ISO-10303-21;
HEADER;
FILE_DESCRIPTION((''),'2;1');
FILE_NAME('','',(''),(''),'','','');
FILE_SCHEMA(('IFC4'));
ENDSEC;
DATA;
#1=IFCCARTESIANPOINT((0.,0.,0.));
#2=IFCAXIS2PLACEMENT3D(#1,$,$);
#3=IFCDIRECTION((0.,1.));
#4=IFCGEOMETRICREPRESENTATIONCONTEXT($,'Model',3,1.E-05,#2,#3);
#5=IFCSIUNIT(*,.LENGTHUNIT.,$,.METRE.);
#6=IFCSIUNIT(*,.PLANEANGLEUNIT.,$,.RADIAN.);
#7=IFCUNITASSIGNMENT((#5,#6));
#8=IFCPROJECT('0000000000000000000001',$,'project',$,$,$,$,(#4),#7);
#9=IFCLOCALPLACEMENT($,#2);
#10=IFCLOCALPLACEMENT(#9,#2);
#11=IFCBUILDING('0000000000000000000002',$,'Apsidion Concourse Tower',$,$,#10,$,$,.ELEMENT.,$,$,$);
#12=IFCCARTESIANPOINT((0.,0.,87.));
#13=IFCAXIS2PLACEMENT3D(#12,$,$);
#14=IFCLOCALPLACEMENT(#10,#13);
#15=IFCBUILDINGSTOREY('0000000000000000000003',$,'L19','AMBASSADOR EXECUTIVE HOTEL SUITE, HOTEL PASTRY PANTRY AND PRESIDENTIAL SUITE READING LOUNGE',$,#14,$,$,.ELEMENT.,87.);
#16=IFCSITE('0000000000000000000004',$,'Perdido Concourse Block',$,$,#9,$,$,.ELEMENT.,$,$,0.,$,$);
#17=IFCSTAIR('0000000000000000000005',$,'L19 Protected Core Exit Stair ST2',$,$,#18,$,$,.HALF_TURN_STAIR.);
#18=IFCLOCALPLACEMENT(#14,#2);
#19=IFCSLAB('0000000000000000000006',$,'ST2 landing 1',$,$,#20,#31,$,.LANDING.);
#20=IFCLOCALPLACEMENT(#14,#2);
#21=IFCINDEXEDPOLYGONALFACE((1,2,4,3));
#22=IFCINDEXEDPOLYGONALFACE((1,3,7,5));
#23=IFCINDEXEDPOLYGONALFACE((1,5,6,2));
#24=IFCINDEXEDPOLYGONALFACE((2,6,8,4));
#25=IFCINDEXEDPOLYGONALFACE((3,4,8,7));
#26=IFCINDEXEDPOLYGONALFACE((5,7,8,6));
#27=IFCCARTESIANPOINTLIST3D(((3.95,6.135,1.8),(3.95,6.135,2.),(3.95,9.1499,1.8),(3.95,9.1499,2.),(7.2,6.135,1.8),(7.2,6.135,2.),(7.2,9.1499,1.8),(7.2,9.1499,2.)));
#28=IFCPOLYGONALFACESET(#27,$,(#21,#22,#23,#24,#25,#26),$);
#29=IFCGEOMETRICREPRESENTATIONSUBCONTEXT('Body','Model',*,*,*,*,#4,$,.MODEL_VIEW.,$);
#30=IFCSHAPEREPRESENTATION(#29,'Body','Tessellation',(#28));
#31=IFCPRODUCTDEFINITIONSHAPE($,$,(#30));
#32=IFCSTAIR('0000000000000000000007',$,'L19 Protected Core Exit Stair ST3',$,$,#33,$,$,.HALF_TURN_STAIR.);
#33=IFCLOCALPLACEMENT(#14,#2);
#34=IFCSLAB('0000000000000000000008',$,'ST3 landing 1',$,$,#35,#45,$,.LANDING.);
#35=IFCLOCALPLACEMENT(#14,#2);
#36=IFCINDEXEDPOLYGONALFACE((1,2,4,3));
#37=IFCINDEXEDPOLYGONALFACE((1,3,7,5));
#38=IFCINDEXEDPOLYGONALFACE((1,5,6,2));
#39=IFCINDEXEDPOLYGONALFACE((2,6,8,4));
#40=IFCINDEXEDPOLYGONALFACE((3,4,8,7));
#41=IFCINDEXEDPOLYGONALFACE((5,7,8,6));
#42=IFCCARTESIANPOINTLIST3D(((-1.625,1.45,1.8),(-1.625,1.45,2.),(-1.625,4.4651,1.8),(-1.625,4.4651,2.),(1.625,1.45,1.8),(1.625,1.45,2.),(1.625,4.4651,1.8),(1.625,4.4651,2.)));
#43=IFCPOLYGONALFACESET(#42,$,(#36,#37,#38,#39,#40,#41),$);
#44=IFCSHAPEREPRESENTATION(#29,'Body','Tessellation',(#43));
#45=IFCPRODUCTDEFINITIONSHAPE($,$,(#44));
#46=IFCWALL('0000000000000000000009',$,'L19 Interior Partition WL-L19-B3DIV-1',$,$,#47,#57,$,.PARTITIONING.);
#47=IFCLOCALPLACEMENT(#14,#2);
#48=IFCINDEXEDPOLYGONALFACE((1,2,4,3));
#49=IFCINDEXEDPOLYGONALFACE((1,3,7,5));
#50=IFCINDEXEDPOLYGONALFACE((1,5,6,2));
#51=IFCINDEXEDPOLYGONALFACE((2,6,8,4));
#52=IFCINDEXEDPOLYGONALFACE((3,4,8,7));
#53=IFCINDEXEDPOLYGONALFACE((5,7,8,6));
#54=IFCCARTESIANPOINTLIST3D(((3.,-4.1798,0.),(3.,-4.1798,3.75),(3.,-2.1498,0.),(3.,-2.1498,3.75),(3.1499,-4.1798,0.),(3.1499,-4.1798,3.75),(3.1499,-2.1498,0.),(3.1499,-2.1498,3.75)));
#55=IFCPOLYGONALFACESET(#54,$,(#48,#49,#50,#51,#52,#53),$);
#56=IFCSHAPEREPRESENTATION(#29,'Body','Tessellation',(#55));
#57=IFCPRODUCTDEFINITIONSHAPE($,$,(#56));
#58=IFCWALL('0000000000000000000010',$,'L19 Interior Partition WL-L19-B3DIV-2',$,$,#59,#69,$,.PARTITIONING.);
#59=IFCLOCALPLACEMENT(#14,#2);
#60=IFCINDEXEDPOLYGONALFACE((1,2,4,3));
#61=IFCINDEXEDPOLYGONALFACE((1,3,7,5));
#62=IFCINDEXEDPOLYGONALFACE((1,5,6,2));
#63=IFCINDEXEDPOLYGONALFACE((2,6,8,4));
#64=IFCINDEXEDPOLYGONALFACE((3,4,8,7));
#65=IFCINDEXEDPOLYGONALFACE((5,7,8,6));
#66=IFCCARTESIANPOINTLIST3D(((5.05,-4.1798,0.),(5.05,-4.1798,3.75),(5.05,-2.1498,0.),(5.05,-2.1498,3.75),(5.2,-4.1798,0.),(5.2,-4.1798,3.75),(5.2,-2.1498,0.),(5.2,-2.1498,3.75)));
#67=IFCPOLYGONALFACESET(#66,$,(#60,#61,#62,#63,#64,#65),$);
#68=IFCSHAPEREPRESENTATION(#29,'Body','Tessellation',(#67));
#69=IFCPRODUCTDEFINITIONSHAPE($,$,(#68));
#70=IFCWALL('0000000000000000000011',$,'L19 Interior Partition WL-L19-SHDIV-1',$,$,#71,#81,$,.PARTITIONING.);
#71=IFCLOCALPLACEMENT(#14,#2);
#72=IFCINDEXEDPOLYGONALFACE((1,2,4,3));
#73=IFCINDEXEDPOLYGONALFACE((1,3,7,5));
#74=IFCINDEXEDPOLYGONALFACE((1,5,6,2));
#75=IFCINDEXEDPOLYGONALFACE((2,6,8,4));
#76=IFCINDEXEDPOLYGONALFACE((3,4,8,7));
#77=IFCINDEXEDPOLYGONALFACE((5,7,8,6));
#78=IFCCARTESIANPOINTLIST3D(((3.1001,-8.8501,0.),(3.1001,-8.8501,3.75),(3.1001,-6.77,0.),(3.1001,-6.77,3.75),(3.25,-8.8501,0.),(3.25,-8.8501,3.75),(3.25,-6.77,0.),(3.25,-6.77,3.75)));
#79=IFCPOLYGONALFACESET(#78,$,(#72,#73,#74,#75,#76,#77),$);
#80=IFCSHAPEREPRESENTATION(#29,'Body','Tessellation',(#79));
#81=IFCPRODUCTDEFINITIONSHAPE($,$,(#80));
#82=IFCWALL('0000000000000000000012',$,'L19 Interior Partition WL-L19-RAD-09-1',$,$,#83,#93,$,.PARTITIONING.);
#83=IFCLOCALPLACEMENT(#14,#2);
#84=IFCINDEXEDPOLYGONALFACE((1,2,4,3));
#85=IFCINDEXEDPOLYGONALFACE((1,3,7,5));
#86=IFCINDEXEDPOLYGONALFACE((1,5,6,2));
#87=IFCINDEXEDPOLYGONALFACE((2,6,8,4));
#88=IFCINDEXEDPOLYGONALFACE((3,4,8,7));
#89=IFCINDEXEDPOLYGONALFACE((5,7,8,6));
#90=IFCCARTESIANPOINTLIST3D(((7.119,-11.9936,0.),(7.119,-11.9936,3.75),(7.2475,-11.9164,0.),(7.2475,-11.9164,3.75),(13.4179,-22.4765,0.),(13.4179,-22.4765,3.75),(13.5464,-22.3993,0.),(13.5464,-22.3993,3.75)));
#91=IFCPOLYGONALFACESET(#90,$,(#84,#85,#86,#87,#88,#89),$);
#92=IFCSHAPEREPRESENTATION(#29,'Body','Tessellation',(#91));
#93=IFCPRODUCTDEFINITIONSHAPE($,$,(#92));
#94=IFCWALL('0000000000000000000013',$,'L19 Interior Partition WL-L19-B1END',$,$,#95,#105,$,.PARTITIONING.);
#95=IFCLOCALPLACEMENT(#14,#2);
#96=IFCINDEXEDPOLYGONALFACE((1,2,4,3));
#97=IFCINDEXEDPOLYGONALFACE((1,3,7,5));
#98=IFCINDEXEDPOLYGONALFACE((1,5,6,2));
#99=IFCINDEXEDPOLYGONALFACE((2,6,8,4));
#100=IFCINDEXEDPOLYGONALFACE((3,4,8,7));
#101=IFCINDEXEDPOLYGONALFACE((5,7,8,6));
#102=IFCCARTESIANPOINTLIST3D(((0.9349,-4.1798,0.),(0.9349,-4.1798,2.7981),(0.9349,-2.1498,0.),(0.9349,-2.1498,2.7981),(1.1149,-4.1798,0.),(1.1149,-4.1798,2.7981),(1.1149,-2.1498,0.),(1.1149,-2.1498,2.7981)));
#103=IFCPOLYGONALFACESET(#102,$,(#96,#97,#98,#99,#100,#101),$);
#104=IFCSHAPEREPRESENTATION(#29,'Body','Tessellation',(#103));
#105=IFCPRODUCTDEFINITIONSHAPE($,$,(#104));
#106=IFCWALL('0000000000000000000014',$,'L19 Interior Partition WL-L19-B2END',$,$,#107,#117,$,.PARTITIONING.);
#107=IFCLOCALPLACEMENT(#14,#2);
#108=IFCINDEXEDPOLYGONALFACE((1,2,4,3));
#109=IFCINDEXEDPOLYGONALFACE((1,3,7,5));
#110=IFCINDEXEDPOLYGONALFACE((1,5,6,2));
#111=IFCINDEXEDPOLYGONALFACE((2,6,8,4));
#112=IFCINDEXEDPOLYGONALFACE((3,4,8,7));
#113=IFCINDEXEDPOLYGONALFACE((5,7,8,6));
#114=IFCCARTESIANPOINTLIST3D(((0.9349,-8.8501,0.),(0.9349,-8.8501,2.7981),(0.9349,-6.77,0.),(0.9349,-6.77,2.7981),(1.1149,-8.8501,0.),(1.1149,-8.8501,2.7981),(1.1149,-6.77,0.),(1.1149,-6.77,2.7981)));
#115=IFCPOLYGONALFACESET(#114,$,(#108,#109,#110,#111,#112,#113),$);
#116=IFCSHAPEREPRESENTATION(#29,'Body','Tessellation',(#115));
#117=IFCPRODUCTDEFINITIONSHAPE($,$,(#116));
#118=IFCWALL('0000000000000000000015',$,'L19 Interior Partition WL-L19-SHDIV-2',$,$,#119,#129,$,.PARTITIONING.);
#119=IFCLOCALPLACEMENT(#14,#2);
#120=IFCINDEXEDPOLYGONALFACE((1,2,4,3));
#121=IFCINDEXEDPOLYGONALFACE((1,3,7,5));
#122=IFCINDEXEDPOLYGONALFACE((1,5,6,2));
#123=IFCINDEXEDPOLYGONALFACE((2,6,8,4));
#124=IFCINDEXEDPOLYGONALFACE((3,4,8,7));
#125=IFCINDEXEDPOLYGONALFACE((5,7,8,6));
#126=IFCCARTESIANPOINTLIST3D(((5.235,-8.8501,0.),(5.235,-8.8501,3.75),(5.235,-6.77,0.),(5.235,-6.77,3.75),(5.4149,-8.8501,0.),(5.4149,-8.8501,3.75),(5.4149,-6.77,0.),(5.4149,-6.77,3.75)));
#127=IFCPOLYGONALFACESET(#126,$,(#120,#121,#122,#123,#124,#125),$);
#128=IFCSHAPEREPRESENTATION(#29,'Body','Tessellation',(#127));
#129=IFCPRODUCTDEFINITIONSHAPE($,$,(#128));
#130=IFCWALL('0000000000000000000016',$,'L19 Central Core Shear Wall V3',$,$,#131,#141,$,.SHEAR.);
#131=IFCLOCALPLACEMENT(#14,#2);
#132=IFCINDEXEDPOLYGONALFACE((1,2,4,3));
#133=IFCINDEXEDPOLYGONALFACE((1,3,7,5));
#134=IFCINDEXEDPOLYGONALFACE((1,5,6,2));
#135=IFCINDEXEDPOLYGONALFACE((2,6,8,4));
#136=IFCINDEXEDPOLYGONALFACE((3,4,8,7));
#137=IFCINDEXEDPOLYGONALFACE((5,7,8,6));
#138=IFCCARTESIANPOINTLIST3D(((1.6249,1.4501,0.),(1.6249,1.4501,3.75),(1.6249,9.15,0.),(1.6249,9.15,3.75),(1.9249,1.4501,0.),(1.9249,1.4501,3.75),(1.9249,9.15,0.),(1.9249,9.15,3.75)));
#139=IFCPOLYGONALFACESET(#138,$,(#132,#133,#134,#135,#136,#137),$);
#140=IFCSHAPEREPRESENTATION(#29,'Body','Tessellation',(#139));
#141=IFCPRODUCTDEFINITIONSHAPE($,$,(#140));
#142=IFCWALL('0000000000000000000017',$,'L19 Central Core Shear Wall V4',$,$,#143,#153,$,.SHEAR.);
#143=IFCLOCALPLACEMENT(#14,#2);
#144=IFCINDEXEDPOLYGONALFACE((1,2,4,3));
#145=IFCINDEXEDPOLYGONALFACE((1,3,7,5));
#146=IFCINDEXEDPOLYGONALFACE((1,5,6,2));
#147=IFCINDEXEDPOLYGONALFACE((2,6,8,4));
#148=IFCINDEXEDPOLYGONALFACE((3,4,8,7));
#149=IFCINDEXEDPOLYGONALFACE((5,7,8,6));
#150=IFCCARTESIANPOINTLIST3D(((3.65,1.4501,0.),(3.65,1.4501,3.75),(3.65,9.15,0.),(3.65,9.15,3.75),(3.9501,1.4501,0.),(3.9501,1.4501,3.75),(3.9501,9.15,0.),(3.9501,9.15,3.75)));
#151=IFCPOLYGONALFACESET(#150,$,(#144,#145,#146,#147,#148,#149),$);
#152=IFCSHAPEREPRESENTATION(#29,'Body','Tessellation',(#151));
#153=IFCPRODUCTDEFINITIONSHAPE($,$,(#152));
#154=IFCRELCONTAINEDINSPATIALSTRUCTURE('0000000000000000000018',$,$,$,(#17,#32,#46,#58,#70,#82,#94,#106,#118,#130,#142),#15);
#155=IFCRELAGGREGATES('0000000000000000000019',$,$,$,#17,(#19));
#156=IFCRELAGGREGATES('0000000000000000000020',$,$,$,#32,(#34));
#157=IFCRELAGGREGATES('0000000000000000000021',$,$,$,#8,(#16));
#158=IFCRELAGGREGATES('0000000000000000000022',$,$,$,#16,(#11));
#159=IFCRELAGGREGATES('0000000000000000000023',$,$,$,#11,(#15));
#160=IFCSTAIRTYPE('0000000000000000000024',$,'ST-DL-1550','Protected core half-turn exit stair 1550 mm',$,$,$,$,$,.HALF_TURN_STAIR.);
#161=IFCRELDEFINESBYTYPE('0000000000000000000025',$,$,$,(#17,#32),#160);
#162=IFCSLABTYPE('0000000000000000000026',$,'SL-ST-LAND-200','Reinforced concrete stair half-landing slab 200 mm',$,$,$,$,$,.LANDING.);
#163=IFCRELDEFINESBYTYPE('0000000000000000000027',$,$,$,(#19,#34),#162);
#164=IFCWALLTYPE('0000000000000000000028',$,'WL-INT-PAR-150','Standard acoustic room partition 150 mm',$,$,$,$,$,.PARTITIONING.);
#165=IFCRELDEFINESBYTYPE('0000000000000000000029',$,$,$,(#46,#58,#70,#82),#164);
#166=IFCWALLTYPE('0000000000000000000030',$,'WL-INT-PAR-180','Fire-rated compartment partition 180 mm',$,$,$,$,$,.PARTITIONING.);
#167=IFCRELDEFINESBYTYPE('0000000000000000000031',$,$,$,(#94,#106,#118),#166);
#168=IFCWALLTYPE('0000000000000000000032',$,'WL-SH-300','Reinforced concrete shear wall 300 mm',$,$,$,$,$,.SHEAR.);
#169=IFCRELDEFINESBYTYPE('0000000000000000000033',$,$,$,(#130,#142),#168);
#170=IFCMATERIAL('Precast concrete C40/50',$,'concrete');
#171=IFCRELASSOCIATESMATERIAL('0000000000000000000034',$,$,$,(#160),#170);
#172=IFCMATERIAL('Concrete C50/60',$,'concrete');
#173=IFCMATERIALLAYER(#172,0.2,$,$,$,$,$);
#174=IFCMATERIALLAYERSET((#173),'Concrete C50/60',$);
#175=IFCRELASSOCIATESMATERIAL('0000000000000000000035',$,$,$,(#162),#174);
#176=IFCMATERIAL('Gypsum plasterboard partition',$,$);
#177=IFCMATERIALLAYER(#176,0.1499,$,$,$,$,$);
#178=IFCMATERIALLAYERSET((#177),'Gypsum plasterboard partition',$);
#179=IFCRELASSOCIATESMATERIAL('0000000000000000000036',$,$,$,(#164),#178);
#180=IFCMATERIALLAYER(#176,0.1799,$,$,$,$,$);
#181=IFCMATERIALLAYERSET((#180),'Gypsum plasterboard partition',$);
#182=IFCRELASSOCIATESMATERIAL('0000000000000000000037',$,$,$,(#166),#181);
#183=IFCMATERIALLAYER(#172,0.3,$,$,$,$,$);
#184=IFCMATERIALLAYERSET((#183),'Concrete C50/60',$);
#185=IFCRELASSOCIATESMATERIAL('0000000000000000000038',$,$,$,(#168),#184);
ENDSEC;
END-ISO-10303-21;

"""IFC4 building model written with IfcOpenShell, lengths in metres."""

from ifc_helpers import new_model, si_unit, direction, frame, frame_2d, origin, place, context, subcontext, project, spatial, polyline, rectangle, outline, extrude, material, layer, layer_set, type_object, element, aggregate, save


model = new_model("IFC4")

# Units and contexts
model_context = context("Model", 3, precision=1e-05, world=origin(), true_north=direction((0.0, 1.0)))
body_context = subcontext(model_context, "Body", "Model", "MODEL_VIEW")
ifc_project = project(units=[si_unit("LENGTHUNIT", "METRE"), si_unit("PLANEANGLEUNIT", "RADIAN")], contexts=[model_context])

# Site, building, storey
site_placement = place(None, origin())
site = spatial("IfcSite", under=ifc_project, at=site_placement, Name="Perdido Concourse Block", CompositionType="ELEMENT", RefElevation=0.0)
building_placement = place(site_placement, origin())
building = spatial("IfcBuilding", under=site, at=building_placement, Name="Apsidion Concourse Tower", CompositionType="ELEMENT")
storey_placement = place(building_placement, frame((0.0, 0.0, 87.0)))
storey = spatial("IfcBuildingStorey", under=building, at=storey_placement, Name="L19", Description="AMBASSADOR EXECUTIVE HOTEL SUITE, HOTEL PASTRY PANTRY AND PRESIDENTIAL SUITE READING LOUNGE", CompositionType="ELEMENT", Elevation=87.0)

# Shared definitions
ifc_material_1 = material(Name="Concrete C50/60", Category="concrete")

# Stairs, slabs
ifc_material_2 = material(Name="Precast concrete C40/50", Category="concrete")
stair_type = type_object("IfcStairType", Name="ST-DL-1550", Description="Protected core half-turn exit stair 1550 mm", PredefinedType="HALF_TURN_STAIR", material=ifc_material_2)
ifc_layer_1 = layer(ifc_material_1, 0.2)
ifc_layer_set_1 = layer_set([ifc_layer_1], Name="Concrete C50/60")
slab_type_1 = type_object("IfcSlabType", Name="SL-ST-LAND-200", Description="Reinforced concrete stair half-landing slab 200 mm", PredefinedType="LANDING", material=ifc_layer_set_1)
stair_1_placement = place(storey_placement, origin())
stair_1 = element("IfcStair", 1, at=stair_1_placement, inside=storey, type_object=stair_type, Name="L19 Protected Core Exit Stair ST2", PredefinedType="HALF_TURN_STAIR")
slab_1_placement = place(storey_placement, frame((0.0, 0.0, 1.8)))
slab_1 = element("IfcSlab", 2, at=slab_1_placement, type_object=slab_type_1, Name="ST2 landing 1", PredefinedType="LANDING", context=body_context, shape_type="SweptSolid", body=[
    extrude(outline(polyline([(7.2, 6.135), (7.2, 9.1499), (3.95, 9.1499), (3.95, 6.135), (7.2, 6.135)])), origin(), (0.0, 0.0, 1.0), 0.2),
])
aggregate(stair_1, [slab_1])
stair_2_placement = place(storey_placement, origin())
stair_2 = element("IfcStair", 3, at=stair_2_placement, inside=storey, type_object=stair_type, Name="L19 Protected Core Exit Stair ST3", PredefinedType="HALF_TURN_STAIR")
slab_2_placement = place(storey_placement, frame((0.0, 0.0, 1.8)))
slab_2 = element("IfcSlab", 4, at=slab_2_placement, type_object=slab_type_1, Name="ST3 landing 1", PredefinedType="LANDING", context=body_context, shape_type="SweptSolid", body=[
    extrude(outline(polyline([(-1.625, 4.4651), (-1.625, 1.45), (1.625, 1.45), (1.625, 4.4651), (-1.625, 4.4651)])), origin(), (0.0, 0.0, 1.0), 0.2),
])
aggregate(stair_2, [slab_2])

# Walls
ifc_material_3 = material(Name="Gypsum plasterboard partition")
ifc_layer_2 = layer(ifc_material_3, 0.1499)
ifc_layer_set_2 = layer_set([ifc_layer_2], Name="Gypsum plasterboard partition")
wall_type_1 = type_object("IfcWallType", Name="WL-INT-PAR-150", Description="Standard acoustic room partition 150 mm", PredefinedType="PARTITIONING", material=ifc_layer_set_2)
for number, where, z_axis, x_axis, name in (
    (5, (3.075, -4.1799, 0.0), (0.0, 0.0, 1.0), (0.0, 1.0, 0.0), "L19 Interior Partition WL-L19-B3DIV-1"),
    (6, (5.125, -4.1799, 0.0), (0.0, 0.0, 1.0), (0.0, 1.0, 0.0), "L19 Interior Partition WL-L19-B3DIV-2"),
):
    element("IfcWall", number, at=place(storey_placement, frame(where, z_axis=z_axis, x_axis=x_axis)), inside=storey, type_object=wall_type_1, Name=name, PredefinedType="PARTITIONING", context=body_context, shape_type="SweptSolid", body=[
        extrude(rectangle(XDim=2.03, YDim=0.1499, at=frame_2d((1.0151, 0.0))), origin(), (0.0, 0.0, 1.0), 3.75),
    ])
wall_1_placement = place(storey_placement, frame((3.175, -8.8501, 0.0), z_axis=(0.0, 0.0, 1.0), x_axis=(0.0, 1.0, 0.0)))
element("IfcWall", 7, at=wall_1_placement, inside=storey, type_object=wall_type_1, Name="L19 Interior Partition WL-L19-SHDIV-1", PredefinedType="PARTITIONING", context=body_context, shape_type="SweptSolid", body=[
    extrude(rectangle(XDim=2.0801, YDim=0.1499, at=frame_2d((1.04, 0.0))), origin(), (0.0, 0.0, 1.0), 3.75),
])
wall_2_placement = place(storey_placement, frame((7.1833, -11.9551, 0.0), z_axis=(0.0, 0.0, 1.0), x_axis=(0.515042, -0.857165, 0.0)))
element("IfcWall", 8, at=wall_2_placement, inside=storey, type_object=wall_type_1, Name="L19 Interior Partition WL-L19-RAD-09-1", PredefinedType="PARTITIONING", context=body_context, shape_type="SweptSolid", body=[
    extrude(rectangle(XDim=12.2297, YDim=0.1499, at=frame_2d((6.1147, 0.0))), origin(), (0.0, 0.0, 1.0), 3.75),
])
ifc_layer_3 = layer(ifc_material_3, 0.1799)
ifc_layer_set_3 = layer_set([ifc_layer_3], Name="Gypsum plasterboard partition")
wall_type_2 = type_object("IfcWallType", Name="WL-INT-PAR-180", Description="Fire-rated compartment partition 180 mm", PredefinedType="PARTITIONING", material=ifc_layer_set_3)
wall_3_placement = place(storey_placement, frame((1.0249, -4.1799, 0.0), z_axis=(0.0, 0.0, 1.0), x_axis=(0.0, 1.0, 0.0)))
element("IfcWall", 9, at=wall_3_placement, inside=storey, type_object=wall_type_2, Name="L19 Interior Partition WL-L19-B1END", PredefinedType="PARTITIONING", context=body_context, shape_type="SweptSolid", body=[
    extrude(rectangle(XDim=2.03, YDim=0.1799, at=frame_2d((1.0151, 0.0))), origin(), (0.0, 0.0, 1.0), 2.7981),
])
wall_4_placement = place(storey_placement, frame((1.0249, -8.8501, 0.0), z_axis=(0.0, 0.0, 1.0), x_axis=(0.0, 1.0, 0.0)))
element("IfcWall", 10, at=wall_4_placement, inside=storey, type_object=wall_type_2, Name="L19 Interior Partition WL-L19-B2END", PredefinedType="PARTITIONING", context=body_context, shape_type="SweptSolid", body=[
    extrude(rectangle(XDim=2.0801, YDim=0.1799, at=frame_2d((1.04, 0.0))), origin(), (0.0, 0.0, 1.0), 2.7981),
])
wall_5_placement = place(storey_placement, frame((5.325, -8.8501, 0.0), z_axis=(0.0, 0.0, 1.0), x_axis=(0.0, 1.0, 0.0)))
element("IfcWall", 11, at=wall_5_placement, inside=storey, type_object=wall_type_2, Name="L19 Interior Partition WL-L19-SHDIV-2", PredefinedType="PARTITIONING", context=body_context, shape_type="SweptSolid", body=[
    extrude(rectangle(XDim=2.0801, YDim=0.1799, at=frame_2d((1.04, 0.0))), origin(), (0.0, 0.0, 1.0), 3.75),
])

# Walls
ifc_layer_4 = layer(ifc_material_1, 0.3)
ifc_layer_set_4 = layer_set([ifc_layer_4], Name="Concrete C50/60")
wall_type_3 = type_object("IfcWallType", Name="WL-SH-300", Description="Reinforced concrete shear wall 300 mm", PredefinedType="SHEAR", material=ifc_layer_set_4)
for number, where, z_axis, x_axis, name in (
    (12, (1.7749, 1.45, 0.0), (0.0, 0.0, 1.0), (0.0, 1.0, 0.0), "L19 Central Core Shear Wall V3"),
    (13, (3.8, 1.45, 0.0), (0.0, 0.0, 1.0), (0.0, 1.0, 0.0), "L19 Central Core Shear Wall V4"),
):
    element("IfcWall", number, at=place(storey_placement, frame(where, z_axis=z_axis, x_axis=x_axis)), inside=storey, type_object=wall_type_3, Name=name, PredefinedType="SHEAR", context=body_context, shape_type="SweptSolid", body=[
        extrude(rectangle(XDim=7.7, YDim=0.3, at=frame_2d((3.8501, 0.0))), origin(), (0.0, 0.0, 1.0), 3.75),
    ])

save(model, "model.ifc")
